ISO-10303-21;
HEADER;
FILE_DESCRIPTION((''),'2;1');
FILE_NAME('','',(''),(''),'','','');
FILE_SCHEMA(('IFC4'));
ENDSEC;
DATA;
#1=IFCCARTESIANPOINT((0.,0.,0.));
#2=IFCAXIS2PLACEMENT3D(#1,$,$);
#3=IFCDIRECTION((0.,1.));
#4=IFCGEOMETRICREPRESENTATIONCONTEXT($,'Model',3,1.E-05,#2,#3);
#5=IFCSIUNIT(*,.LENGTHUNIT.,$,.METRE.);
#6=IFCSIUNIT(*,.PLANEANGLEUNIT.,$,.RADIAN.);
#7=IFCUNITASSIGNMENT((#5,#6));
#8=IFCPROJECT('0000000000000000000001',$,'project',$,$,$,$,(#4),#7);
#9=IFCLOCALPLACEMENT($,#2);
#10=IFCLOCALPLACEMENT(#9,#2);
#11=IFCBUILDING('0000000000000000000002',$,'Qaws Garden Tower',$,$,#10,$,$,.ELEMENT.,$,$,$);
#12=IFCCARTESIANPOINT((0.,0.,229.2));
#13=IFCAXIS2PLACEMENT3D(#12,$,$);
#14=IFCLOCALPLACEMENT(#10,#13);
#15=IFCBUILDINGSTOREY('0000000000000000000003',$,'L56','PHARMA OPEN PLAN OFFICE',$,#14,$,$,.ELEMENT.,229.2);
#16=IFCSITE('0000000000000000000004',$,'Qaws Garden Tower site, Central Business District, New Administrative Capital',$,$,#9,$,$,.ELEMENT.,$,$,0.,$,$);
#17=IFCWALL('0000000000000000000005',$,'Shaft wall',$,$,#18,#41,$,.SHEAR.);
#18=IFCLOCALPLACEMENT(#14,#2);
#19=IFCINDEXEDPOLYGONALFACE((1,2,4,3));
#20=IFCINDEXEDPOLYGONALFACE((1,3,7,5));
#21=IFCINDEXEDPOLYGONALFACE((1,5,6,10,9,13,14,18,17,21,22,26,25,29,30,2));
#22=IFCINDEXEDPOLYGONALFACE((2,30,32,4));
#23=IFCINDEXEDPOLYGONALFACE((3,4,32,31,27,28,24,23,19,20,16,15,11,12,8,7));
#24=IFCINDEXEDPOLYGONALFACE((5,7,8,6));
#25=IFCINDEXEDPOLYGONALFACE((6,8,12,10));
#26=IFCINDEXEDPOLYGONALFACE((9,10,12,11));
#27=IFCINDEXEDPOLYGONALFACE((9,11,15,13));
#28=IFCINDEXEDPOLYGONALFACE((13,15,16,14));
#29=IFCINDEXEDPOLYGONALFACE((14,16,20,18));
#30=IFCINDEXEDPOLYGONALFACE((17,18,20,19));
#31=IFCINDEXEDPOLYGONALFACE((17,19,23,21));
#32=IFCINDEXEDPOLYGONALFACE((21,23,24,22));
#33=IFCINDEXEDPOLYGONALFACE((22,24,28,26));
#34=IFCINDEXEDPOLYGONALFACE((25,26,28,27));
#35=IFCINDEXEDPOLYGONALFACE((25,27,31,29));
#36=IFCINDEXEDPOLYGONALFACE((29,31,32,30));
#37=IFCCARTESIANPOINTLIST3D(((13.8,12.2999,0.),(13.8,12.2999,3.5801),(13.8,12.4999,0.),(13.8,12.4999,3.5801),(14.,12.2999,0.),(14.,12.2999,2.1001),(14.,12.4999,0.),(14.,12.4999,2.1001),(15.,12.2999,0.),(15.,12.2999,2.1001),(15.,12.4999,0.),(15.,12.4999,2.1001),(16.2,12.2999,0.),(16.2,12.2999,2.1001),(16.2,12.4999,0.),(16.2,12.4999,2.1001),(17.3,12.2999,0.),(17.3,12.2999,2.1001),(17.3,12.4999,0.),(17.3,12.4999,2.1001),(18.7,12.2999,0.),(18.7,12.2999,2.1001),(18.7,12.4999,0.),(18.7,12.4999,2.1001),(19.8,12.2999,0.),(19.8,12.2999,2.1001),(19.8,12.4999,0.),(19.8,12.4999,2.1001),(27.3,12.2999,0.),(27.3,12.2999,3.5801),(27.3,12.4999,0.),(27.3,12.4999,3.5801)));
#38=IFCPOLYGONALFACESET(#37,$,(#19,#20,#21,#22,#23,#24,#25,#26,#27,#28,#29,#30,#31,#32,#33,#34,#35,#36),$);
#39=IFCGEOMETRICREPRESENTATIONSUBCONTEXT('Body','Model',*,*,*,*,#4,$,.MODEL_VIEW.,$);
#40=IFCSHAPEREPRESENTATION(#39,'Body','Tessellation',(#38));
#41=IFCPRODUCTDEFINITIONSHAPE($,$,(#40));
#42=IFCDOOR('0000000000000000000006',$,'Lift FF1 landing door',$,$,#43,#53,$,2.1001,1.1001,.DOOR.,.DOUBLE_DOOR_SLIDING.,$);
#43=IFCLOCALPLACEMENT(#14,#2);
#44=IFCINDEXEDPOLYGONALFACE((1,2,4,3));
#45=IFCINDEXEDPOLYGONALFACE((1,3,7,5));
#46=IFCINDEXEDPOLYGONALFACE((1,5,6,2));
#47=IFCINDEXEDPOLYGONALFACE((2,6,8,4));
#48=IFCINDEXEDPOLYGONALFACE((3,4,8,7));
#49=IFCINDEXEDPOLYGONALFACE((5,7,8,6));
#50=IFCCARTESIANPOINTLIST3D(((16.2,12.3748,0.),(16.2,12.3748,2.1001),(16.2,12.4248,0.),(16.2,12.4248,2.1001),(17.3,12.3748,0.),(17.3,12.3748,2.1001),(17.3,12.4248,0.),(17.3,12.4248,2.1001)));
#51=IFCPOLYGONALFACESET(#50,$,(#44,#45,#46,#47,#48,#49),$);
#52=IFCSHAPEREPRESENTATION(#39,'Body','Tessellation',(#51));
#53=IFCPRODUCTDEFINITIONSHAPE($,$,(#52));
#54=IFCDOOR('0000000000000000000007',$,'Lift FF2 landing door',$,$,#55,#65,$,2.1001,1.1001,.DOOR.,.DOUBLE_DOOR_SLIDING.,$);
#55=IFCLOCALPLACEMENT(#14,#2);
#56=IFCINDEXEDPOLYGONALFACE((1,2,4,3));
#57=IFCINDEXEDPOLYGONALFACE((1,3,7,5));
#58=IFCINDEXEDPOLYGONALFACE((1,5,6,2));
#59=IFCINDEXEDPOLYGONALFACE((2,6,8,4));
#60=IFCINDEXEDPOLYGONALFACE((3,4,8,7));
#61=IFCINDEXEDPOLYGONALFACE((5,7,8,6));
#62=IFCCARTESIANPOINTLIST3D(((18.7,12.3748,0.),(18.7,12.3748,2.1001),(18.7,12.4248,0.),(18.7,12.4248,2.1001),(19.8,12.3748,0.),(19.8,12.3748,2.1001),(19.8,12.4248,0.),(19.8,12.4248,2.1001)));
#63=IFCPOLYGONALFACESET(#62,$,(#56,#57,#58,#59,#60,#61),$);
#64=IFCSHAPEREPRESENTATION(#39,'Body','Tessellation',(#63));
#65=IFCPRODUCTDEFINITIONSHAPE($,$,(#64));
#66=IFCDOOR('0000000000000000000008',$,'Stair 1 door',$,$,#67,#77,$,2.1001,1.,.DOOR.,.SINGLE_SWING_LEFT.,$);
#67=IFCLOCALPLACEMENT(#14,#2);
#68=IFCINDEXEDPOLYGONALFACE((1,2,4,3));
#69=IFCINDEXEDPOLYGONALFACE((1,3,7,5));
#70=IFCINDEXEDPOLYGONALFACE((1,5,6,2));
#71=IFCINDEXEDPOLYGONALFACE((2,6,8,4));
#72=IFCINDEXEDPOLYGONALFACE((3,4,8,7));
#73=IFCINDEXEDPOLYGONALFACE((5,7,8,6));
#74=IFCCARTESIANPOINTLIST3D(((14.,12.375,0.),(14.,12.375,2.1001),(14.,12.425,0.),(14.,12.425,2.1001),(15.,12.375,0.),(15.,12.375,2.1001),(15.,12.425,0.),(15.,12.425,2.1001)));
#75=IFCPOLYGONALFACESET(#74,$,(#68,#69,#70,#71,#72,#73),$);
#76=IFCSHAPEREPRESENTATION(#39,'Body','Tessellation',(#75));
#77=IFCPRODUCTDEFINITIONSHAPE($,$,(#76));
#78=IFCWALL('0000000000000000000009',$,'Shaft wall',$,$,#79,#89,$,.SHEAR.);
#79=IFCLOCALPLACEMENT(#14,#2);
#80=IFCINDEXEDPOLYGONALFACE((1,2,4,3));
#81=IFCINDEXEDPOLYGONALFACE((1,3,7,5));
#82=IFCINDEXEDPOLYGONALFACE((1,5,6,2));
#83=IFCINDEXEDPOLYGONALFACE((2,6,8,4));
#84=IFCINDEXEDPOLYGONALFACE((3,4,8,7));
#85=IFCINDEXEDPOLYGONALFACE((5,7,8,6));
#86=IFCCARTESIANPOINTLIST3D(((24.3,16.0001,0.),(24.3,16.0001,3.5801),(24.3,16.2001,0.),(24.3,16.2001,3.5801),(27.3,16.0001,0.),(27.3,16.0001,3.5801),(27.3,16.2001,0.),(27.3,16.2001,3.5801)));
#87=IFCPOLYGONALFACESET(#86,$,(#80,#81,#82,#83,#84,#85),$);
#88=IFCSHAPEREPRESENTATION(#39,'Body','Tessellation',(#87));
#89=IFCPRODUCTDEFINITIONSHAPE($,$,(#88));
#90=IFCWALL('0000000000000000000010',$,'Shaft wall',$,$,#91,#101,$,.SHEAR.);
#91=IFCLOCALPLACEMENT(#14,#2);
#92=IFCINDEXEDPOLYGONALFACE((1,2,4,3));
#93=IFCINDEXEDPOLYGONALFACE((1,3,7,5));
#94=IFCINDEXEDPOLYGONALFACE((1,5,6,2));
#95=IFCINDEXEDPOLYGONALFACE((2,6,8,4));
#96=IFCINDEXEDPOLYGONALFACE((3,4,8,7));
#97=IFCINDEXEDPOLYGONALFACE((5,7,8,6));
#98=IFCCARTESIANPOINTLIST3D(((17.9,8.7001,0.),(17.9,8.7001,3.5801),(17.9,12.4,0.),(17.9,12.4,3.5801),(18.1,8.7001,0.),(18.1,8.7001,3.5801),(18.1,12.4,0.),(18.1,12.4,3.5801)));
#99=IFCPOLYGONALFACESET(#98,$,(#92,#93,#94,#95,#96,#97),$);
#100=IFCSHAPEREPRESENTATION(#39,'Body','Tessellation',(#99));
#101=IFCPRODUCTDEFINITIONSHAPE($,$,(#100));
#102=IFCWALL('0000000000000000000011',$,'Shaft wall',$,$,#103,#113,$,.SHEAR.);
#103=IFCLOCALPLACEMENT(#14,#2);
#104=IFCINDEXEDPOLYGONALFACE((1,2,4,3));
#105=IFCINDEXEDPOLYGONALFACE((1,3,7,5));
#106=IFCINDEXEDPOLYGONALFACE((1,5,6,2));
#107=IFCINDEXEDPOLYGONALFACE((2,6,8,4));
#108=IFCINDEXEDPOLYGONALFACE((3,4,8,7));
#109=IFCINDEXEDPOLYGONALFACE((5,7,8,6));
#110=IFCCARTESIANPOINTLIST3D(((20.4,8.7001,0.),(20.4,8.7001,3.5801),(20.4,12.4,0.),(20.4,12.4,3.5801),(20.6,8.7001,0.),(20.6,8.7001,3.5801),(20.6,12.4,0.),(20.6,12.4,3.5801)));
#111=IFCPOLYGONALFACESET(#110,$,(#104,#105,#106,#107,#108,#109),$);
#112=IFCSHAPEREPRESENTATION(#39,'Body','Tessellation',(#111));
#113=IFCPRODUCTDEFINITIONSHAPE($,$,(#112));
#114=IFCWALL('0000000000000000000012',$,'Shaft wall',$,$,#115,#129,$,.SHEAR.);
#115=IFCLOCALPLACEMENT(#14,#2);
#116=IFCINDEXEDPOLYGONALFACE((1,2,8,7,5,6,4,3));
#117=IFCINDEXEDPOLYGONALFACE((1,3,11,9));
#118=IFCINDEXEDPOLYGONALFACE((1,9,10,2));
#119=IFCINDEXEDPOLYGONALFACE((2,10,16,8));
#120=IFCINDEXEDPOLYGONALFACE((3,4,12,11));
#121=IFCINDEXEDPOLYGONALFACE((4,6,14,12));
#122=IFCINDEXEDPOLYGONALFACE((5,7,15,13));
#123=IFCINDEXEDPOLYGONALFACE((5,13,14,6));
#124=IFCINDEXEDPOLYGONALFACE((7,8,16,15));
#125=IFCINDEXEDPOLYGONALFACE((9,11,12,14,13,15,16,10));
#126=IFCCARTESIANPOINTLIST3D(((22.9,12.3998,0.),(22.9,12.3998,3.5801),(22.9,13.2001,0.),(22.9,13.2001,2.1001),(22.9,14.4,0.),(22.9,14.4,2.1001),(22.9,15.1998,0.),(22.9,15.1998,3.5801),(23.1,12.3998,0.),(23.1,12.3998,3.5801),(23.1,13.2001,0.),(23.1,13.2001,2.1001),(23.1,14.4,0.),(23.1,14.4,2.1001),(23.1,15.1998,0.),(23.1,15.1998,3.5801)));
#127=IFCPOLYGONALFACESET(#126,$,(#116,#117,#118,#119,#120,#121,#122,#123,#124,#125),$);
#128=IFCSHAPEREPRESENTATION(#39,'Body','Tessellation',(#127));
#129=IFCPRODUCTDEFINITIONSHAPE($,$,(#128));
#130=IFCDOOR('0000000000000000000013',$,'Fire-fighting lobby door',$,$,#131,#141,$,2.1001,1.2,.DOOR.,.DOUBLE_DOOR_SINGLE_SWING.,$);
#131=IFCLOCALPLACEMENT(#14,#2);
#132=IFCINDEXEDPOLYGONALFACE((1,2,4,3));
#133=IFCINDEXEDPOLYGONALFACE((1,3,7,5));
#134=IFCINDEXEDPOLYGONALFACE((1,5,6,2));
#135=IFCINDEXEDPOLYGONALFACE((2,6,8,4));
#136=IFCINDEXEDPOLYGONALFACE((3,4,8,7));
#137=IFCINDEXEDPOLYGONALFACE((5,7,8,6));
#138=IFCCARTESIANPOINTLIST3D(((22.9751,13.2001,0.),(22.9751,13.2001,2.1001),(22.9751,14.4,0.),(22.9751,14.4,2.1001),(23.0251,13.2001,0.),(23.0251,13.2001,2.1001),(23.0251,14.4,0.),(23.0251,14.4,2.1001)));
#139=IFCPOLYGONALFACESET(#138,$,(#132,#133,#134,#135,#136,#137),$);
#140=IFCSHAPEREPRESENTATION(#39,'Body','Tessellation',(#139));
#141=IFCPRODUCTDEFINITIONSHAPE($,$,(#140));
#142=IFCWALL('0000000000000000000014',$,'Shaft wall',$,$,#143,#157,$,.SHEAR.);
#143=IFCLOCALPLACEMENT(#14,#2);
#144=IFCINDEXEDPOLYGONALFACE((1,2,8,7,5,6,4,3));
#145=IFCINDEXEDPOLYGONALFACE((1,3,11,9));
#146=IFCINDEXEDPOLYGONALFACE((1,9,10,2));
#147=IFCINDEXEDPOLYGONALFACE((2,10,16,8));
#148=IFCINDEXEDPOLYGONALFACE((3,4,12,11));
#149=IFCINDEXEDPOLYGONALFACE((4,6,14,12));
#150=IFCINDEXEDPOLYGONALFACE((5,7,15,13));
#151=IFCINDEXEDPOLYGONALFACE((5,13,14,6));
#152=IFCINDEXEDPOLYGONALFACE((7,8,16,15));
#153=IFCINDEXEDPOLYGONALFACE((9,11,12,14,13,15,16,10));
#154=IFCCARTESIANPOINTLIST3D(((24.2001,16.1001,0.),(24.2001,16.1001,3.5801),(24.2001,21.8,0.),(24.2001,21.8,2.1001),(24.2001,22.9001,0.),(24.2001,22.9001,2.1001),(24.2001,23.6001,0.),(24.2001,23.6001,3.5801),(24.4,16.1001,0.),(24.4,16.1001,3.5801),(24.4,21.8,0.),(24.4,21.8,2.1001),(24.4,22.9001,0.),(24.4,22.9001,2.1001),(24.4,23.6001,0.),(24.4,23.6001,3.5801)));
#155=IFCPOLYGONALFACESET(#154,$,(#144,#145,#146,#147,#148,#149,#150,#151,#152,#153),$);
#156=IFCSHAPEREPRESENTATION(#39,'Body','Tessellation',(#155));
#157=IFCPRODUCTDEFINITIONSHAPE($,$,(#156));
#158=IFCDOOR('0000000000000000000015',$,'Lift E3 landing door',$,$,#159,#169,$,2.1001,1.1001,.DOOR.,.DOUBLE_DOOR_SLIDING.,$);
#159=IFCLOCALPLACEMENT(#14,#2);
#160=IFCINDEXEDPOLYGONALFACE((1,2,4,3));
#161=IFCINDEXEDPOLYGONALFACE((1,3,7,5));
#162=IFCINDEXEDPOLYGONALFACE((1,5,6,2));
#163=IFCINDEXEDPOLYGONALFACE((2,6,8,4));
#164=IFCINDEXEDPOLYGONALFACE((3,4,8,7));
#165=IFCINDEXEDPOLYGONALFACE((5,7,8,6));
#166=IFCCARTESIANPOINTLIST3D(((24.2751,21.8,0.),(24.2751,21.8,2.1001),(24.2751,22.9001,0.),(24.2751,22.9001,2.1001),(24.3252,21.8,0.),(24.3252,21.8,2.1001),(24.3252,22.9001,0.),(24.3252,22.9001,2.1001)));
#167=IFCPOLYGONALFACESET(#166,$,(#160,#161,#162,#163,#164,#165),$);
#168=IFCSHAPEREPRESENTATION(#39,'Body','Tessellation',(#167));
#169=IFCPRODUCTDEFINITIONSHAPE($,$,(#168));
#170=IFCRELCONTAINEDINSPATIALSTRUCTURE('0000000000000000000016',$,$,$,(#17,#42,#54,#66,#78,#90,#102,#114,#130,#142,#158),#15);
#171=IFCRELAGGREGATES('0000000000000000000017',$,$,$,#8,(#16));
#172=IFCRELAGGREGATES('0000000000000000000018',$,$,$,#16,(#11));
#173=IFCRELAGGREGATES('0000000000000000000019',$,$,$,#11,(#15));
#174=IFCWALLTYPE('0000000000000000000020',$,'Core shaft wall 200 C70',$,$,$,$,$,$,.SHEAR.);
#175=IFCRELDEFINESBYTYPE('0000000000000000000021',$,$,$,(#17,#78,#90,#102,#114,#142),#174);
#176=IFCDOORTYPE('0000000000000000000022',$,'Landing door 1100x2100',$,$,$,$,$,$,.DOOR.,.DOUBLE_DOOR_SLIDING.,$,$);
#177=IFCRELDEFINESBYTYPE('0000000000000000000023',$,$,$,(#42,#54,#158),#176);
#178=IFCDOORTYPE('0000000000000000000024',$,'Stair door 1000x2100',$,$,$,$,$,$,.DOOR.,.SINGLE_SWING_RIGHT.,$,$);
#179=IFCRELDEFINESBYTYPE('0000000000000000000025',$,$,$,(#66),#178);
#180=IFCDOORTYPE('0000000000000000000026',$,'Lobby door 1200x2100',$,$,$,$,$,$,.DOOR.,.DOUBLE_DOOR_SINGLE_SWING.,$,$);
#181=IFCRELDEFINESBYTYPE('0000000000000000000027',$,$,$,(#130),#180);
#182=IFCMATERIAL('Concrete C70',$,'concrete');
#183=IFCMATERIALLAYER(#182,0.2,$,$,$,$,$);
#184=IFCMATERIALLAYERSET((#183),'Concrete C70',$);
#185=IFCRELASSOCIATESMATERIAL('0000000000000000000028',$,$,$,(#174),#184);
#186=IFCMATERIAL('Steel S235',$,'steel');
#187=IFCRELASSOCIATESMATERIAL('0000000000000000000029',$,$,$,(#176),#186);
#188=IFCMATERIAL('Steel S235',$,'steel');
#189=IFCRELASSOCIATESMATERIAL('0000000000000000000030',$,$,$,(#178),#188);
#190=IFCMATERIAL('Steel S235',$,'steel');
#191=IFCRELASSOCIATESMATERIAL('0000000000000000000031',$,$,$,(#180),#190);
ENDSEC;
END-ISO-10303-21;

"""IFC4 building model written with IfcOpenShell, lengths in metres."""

from ifc_helpers import new_model, si_unit, direction, frame, frame_2d, origin, place, context, subcontext, project, spatial, rectangle, extrude, material, layer, layer_set, type_object, element, fill, save


model = new_model("IFC4")

# Units and contexts
model_context = context("Model", 3, precision=1e-05, world=origin(), true_north=direction((0.0, 1.0)))
body_context = subcontext(model_context, "Body", "Model", "MODEL_VIEW")
ifc_project = project(units=[si_unit("LENGTHUNIT", "METRE"), si_unit("PLANEANGLEUNIT", "RADIAN")], contexts=[model_context])

# Site, building, storey
site_placement = place(None, origin())
site = spatial("IfcSite", under=ifc_project, at=site_placement, Name="Qaws Garden Tower site, Central Business District, New Administrative Capital", CompositionType="ELEMENT", RefElevation=0.0)
building_placement = place(site_placement, origin())
building = spatial("IfcBuilding", under=site, at=building_placement, Name="Qaws Garden Tower", CompositionType="ELEMENT")
storey_placement = place(building_placement, frame((0.0, 0.0, 229.2)))
storey = spatial("IfcBuildingStorey", under=building, at=storey_placement, Name="L56", Description="PHARMA OPEN PLAN OFFICE", CompositionType="ELEMENT", Elevation=229.2)

# Wall, openings, doors
ifc_material_1 = material(Name="Concrete C70", Category="concrete")
ifc_layer_1 = layer(ifc_material_1, 0.2)
ifc_layer_set_1 = layer_set([ifc_layer_1], Name="Concrete C70")
wall_type_1 = type_object("IfcWallType", Name="Core shaft wall 200 C70", PredefinedType="SHEAR", material=ifc_layer_set_1)
wall_1_placement = place(storey_placement, frame((13.8, 12.3999, 0.0), z_axis=(0.0, 0.0, 1.0), x_axis=(1.0, 0.0, 0.0)))
wall_1 = element("IfcWall", 1, at=wall_1_placement, inside=storey, type_object=wall_type_1, Name="Shaft wall", PredefinedType="SHEAR", context=body_context, shape_type="SweptSolid", body=[
    extrude(rectangle(XDim=13.5, YDim=0.2, at=frame_2d((6.75, 0.0))), origin(), (0.0, 0.0, 1.0), 3.5801),
])
opening_1_placement = place(wall_1_placement, frame((2.3999, 0.0, 0.0)))
opening_1 = element("IfcOpeningElement", 2, at=opening_1_placement, cuts=wall_1, PredefinedType="OPENING", context=body_context, shape_type="SweptSolid", body=[
    extrude(rectangle(XDim=1.1001, YDim=2.1001, at=frame_2d((0.55, 1.05))), frame((0.0, 0.1099, 0.0), z_axis=(0.0, -1.0, 0.0), x_axis=(1.0, 0.0, 0.0)), (0.0, 0.0, 1.0), 0.22),
])
opening_2_placement = place(wall_1_placement, frame((4.8999, 0.0, 0.0)))
opening_2 = element("IfcOpeningElement", 3, at=opening_2_placement, cuts=wall_1, PredefinedType="OPENING", context=body_context, shape_type="SweptSolid", body=[
    extrude(rectangle(XDim=1.1001, YDim=2.1001, at=frame_2d((0.55, 1.05))), frame((0.0, 0.1099, 0.0), z_axis=(0.0, -1.0, 0.0), x_axis=(1.0, 0.0, 0.0)), (0.0, 0.0, 1.0), 0.22),
])
opening_3_placement = place(wall_1_placement, frame((0.2, 0.0, 0.0)))
opening_3 = element("IfcOpeningElement", 4, at=opening_3_placement, cuts=wall_1, PredefinedType="OPENING", context=body_context, shape_type="SweptSolid", body=[
    extrude(rectangle(XDim=1.0, YDim=2.1001, at=frame_2d((0.5, 1.05))), frame((0.0, 0.1099, 0.0), z_axis=(0.0, -1.0, 0.0), x_axis=(1.0, 0.0, 0.0)), (0.0, 0.0, 1.0), 0.22),
])
ifc_material_2 = material(Name="Steel S235", Category="steel")
door_type_1 = type_object("IfcDoorType", Name="Landing door 1100x2100", OperationType="DOUBLE_DOOR_SLIDING", PredefinedType="DOOR", material=ifc_material_2)
door_1_placement = place(opening_1_placement, origin())
door_1 = element("IfcDoor", 5, at=door_1_placement, inside=storey, type_object=door_type_1, Name="Lift FF1 landing door", OperationType="DOUBLE_DOOR_SLIDING", OverallHeight=2.1001, OverallWidth=1.1001, PredefinedType="DOOR", context=body_context, shape_type="SweptSolid", body=[
    extrude(rectangle(XDim=1.1001, YDim=2.1001, at=frame_2d((0.55, 1.05))), frame((0.0, 0.0249, 0.0), z_axis=(0.0, -1.0, 0.0), x_axis=(1.0, 0.0, 0.0)), (0.0, 0.0, 1.0), 0.05),
])
fill(opening_1, door_1)
door_2_placement = place(opening_2_placement, origin())
door_2 = element("IfcDoor", 6, at=door_2_placement, inside=storey, type_object=door_type_1, Name="Lift FF2 landing door", OperationType="DOUBLE_DOOR_SLIDING", OverallHeight=2.1001, OverallWidth=1.1001, PredefinedType="DOOR", context=body_context, shape_type="SweptSolid", body=[
    extrude(rectangle(XDim=1.1001, YDim=2.1001, at=frame_2d((0.55, 1.05))), frame((0.0, 0.0249, 0.0), z_axis=(0.0, -1.0, 0.0), x_axis=(1.0, 0.0, 0.0)), (0.0, 0.0, 1.0), 0.05),
])
fill(opening_2, door_2)
ifc_material_3 = material(Name="Steel S235", Category="steel")
door_type_2 = type_object("IfcDoorType", Name="Stair door 1000x2100", OperationType="SINGLE_SWING_RIGHT", PredefinedType="DOOR", material=ifc_material_3)
door_3_placement = place(opening_3_placement, frame((1.0, 0.0, 0.0), z_axis=(0.0, 0.0, 1.0), x_axis=(-1.0, 0.0, 0.0)))
door_3 = element("IfcDoor", 7, at=door_3_placement, inside=storey, type_object=door_type_2, Name="Stair 1 door", OperationType="SINGLE_SWING_LEFT", OverallHeight=2.1001, OverallWidth=1.0, PredefinedType="DOOR", context=body_context, shape_type="SweptSolid", body=[
    extrude(rectangle(XDim=1.0, YDim=2.1001, at=frame_2d((0.5, 1.05))), frame((0.0, 0.0249, 0.0), z_axis=(0.0, -1.0, 0.0), x_axis=(1.0, 0.0, 0.0)), (0.0, 0.0, 1.0), 0.05),
])
fill(opening_3, door_3)

# Walls
wall_2_placement = place(storey_placement, frame((24.3, 16.1001, 0.0), z_axis=(0.0, 0.0, 1.0), x_axis=(1.0, 0.0, 0.0)))
element("IfcWall", 8, at=wall_2_placement, inside=storey, type_object=wall_type_1, Name="Shaft wall", PredefinedType="SHEAR", context=body_context, shape_type="SweptSolid", body=[
    extrude(rectangle(XDim=3.0, YDim=0.2, at=frame_2d((1.5, 0.0))), origin(), (0.0, 0.0, 1.0), 3.5801),
])
for number, where, z_axis, x_axis, name in (
    (9, (18.0, 8.7, 0.0), (0.0, 0.0, 1.0), (0.0, 1.0, 0.0), "Shaft wall"),
    (10, (20.5, 8.7, 0.0), (0.0, 0.0, 1.0), (0.0, 1.0, 0.0), "Shaft wall"),
):
    element("IfcWall", number, at=place(storey_placement, frame(where, z_axis=z_axis, x_axis=x_axis)), inside=storey, type_object=wall_type_1, Name=name, PredefinedType="SHEAR", context=body_context, shape_type="SweptSolid", body=[
        extrude(rectangle(XDim=3.7, YDim=0.2, at=frame_2d((1.8501, 0.0))), origin(), (0.0, 0.0, 1.0), 3.5801),
    ])

# Walls, openings, doors
wall_3_placement = place(storey_placement, frame((23.0, 12.3999, 0.0), z_axis=(0.0, 0.0, 1.0), x_axis=(0.0, 1.0, 0.0)))
wall_3 = element("IfcWall", 11, at=wall_3_placement, inside=storey, type_object=wall_type_1, Name="Shaft wall", PredefinedType="SHEAR", context=body_context, shape_type="SweptSolid", body=[
    extrude(rectangle(XDim=2.8, YDim=0.2, at=frame_2d((1.3999, 0.0))), origin(), (0.0, 0.0, 1.0), 3.5801),
])
opening_4_placement = place(wall_3_placement, frame((0.8, 0.0, 0.0)))
opening_4 = element("IfcOpeningElement", 12, at=opening_4_placement, cuts=wall_3, PredefinedType="OPENING", context=body_context, shape_type="SweptSolid", body=[
    extrude(rectangle(XDim=1.2, YDim=2.1001, at=frame_2d((0.6001, 1.05))), frame((0.0, 0.1099, 0.0), z_axis=(0.0, -1.0, 0.0), x_axis=(1.0, 0.0, 0.0)), (0.0, 0.0, 1.0), 0.22),
])
ifc_material_4 = material(Name="Steel S235", Category="steel")
door_type_3 = type_object("IfcDoorType", Name="Lobby door 1200x2100", OperationType="DOUBLE_DOOR_SINGLE_SWING", PredefinedType="DOOR", material=ifc_material_4)
door_4_placement = place(opening_4_placement, origin())
door_4 = element("IfcDoor", 13, at=door_4_placement, inside=storey, type_object=door_type_3, Name="Fire-fighting lobby door", OperationType="DOUBLE_DOOR_SINGLE_SWING", OverallHeight=2.1001, OverallWidth=1.2, PredefinedType="DOOR", context=body_context, shape_type="SweptSolid", body=[
    extrude(rectangle(XDim=1.2, YDim=2.1001, at=frame_2d((0.6001, 1.05))), frame((0.0, 0.0249, 0.0), z_axis=(0.0, -1.0, 0.0), x_axis=(1.0, 0.0, 0.0)), (0.0, 0.0, 1.0), 0.05),
])
fill(opening_4, door_4)
wall_4_placement = place(storey_placement, frame((24.3, 16.1001, 0.0), z_axis=(0.0, 0.0, 1.0), x_axis=(0.0, 1.0, 0.0)))
wall_4 = element("IfcWall", 14, at=wall_4_placement, inside=storey, type_object=wall_type_1, Name="Shaft wall", PredefinedType="SHEAR", context=body_context, shape_type="SweptSolid", body=[
    extrude(rectangle(XDim=7.5, YDim=0.2, at=frame_2d((3.75, 0.0))), origin(), (0.0, 0.0, 1.0), 3.5801),
])
opening_5_placement = place(wall_4_placement, frame((5.7, 0.0, 0.0)))
opening_5 = element("IfcOpeningElement", 15, at=opening_5_placement, cuts=wall_4, PredefinedType="OPENING", context=body_context, shape_type="SweptSolid", body=[
    extrude(rectangle(XDim=1.1001, YDim=2.1001, at=frame_2d((0.55, 1.05))), frame((0.0, 0.1099, 0.0), z_axis=(0.0, -1.0, 0.0), x_axis=(1.0, 0.0, 0.0)), (0.0, 0.0, 1.0), 0.22),
])
door_5_placement = place(opening_5_placement, origin())
door_5 = element("IfcDoor", 16, at=door_5_placement, inside=storey, type_object=door_type_1, Name="Lift E3 landing door", OperationType="DOUBLE_DOOR_SLIDING", OverallHeight=2.1001, OverallWidth=1.1001, PredefinedType="DOOR", context=body_context, shape_type="SweptSolid", body=[
    extrude(rectangle(XDim=1.1001, YDim=2.1001, at=frame_2d((0.55, 1.05))), frame((0.0, 0.0249, 0.0), z_axis=(0.0, -1.0, 0.0), x_axis=(1.0, 0.0, 0.0)), (0.0, 0.0, 1.0), 0.05),
])
fill(opening_5, door_5)

save(model, "model.ifc")
